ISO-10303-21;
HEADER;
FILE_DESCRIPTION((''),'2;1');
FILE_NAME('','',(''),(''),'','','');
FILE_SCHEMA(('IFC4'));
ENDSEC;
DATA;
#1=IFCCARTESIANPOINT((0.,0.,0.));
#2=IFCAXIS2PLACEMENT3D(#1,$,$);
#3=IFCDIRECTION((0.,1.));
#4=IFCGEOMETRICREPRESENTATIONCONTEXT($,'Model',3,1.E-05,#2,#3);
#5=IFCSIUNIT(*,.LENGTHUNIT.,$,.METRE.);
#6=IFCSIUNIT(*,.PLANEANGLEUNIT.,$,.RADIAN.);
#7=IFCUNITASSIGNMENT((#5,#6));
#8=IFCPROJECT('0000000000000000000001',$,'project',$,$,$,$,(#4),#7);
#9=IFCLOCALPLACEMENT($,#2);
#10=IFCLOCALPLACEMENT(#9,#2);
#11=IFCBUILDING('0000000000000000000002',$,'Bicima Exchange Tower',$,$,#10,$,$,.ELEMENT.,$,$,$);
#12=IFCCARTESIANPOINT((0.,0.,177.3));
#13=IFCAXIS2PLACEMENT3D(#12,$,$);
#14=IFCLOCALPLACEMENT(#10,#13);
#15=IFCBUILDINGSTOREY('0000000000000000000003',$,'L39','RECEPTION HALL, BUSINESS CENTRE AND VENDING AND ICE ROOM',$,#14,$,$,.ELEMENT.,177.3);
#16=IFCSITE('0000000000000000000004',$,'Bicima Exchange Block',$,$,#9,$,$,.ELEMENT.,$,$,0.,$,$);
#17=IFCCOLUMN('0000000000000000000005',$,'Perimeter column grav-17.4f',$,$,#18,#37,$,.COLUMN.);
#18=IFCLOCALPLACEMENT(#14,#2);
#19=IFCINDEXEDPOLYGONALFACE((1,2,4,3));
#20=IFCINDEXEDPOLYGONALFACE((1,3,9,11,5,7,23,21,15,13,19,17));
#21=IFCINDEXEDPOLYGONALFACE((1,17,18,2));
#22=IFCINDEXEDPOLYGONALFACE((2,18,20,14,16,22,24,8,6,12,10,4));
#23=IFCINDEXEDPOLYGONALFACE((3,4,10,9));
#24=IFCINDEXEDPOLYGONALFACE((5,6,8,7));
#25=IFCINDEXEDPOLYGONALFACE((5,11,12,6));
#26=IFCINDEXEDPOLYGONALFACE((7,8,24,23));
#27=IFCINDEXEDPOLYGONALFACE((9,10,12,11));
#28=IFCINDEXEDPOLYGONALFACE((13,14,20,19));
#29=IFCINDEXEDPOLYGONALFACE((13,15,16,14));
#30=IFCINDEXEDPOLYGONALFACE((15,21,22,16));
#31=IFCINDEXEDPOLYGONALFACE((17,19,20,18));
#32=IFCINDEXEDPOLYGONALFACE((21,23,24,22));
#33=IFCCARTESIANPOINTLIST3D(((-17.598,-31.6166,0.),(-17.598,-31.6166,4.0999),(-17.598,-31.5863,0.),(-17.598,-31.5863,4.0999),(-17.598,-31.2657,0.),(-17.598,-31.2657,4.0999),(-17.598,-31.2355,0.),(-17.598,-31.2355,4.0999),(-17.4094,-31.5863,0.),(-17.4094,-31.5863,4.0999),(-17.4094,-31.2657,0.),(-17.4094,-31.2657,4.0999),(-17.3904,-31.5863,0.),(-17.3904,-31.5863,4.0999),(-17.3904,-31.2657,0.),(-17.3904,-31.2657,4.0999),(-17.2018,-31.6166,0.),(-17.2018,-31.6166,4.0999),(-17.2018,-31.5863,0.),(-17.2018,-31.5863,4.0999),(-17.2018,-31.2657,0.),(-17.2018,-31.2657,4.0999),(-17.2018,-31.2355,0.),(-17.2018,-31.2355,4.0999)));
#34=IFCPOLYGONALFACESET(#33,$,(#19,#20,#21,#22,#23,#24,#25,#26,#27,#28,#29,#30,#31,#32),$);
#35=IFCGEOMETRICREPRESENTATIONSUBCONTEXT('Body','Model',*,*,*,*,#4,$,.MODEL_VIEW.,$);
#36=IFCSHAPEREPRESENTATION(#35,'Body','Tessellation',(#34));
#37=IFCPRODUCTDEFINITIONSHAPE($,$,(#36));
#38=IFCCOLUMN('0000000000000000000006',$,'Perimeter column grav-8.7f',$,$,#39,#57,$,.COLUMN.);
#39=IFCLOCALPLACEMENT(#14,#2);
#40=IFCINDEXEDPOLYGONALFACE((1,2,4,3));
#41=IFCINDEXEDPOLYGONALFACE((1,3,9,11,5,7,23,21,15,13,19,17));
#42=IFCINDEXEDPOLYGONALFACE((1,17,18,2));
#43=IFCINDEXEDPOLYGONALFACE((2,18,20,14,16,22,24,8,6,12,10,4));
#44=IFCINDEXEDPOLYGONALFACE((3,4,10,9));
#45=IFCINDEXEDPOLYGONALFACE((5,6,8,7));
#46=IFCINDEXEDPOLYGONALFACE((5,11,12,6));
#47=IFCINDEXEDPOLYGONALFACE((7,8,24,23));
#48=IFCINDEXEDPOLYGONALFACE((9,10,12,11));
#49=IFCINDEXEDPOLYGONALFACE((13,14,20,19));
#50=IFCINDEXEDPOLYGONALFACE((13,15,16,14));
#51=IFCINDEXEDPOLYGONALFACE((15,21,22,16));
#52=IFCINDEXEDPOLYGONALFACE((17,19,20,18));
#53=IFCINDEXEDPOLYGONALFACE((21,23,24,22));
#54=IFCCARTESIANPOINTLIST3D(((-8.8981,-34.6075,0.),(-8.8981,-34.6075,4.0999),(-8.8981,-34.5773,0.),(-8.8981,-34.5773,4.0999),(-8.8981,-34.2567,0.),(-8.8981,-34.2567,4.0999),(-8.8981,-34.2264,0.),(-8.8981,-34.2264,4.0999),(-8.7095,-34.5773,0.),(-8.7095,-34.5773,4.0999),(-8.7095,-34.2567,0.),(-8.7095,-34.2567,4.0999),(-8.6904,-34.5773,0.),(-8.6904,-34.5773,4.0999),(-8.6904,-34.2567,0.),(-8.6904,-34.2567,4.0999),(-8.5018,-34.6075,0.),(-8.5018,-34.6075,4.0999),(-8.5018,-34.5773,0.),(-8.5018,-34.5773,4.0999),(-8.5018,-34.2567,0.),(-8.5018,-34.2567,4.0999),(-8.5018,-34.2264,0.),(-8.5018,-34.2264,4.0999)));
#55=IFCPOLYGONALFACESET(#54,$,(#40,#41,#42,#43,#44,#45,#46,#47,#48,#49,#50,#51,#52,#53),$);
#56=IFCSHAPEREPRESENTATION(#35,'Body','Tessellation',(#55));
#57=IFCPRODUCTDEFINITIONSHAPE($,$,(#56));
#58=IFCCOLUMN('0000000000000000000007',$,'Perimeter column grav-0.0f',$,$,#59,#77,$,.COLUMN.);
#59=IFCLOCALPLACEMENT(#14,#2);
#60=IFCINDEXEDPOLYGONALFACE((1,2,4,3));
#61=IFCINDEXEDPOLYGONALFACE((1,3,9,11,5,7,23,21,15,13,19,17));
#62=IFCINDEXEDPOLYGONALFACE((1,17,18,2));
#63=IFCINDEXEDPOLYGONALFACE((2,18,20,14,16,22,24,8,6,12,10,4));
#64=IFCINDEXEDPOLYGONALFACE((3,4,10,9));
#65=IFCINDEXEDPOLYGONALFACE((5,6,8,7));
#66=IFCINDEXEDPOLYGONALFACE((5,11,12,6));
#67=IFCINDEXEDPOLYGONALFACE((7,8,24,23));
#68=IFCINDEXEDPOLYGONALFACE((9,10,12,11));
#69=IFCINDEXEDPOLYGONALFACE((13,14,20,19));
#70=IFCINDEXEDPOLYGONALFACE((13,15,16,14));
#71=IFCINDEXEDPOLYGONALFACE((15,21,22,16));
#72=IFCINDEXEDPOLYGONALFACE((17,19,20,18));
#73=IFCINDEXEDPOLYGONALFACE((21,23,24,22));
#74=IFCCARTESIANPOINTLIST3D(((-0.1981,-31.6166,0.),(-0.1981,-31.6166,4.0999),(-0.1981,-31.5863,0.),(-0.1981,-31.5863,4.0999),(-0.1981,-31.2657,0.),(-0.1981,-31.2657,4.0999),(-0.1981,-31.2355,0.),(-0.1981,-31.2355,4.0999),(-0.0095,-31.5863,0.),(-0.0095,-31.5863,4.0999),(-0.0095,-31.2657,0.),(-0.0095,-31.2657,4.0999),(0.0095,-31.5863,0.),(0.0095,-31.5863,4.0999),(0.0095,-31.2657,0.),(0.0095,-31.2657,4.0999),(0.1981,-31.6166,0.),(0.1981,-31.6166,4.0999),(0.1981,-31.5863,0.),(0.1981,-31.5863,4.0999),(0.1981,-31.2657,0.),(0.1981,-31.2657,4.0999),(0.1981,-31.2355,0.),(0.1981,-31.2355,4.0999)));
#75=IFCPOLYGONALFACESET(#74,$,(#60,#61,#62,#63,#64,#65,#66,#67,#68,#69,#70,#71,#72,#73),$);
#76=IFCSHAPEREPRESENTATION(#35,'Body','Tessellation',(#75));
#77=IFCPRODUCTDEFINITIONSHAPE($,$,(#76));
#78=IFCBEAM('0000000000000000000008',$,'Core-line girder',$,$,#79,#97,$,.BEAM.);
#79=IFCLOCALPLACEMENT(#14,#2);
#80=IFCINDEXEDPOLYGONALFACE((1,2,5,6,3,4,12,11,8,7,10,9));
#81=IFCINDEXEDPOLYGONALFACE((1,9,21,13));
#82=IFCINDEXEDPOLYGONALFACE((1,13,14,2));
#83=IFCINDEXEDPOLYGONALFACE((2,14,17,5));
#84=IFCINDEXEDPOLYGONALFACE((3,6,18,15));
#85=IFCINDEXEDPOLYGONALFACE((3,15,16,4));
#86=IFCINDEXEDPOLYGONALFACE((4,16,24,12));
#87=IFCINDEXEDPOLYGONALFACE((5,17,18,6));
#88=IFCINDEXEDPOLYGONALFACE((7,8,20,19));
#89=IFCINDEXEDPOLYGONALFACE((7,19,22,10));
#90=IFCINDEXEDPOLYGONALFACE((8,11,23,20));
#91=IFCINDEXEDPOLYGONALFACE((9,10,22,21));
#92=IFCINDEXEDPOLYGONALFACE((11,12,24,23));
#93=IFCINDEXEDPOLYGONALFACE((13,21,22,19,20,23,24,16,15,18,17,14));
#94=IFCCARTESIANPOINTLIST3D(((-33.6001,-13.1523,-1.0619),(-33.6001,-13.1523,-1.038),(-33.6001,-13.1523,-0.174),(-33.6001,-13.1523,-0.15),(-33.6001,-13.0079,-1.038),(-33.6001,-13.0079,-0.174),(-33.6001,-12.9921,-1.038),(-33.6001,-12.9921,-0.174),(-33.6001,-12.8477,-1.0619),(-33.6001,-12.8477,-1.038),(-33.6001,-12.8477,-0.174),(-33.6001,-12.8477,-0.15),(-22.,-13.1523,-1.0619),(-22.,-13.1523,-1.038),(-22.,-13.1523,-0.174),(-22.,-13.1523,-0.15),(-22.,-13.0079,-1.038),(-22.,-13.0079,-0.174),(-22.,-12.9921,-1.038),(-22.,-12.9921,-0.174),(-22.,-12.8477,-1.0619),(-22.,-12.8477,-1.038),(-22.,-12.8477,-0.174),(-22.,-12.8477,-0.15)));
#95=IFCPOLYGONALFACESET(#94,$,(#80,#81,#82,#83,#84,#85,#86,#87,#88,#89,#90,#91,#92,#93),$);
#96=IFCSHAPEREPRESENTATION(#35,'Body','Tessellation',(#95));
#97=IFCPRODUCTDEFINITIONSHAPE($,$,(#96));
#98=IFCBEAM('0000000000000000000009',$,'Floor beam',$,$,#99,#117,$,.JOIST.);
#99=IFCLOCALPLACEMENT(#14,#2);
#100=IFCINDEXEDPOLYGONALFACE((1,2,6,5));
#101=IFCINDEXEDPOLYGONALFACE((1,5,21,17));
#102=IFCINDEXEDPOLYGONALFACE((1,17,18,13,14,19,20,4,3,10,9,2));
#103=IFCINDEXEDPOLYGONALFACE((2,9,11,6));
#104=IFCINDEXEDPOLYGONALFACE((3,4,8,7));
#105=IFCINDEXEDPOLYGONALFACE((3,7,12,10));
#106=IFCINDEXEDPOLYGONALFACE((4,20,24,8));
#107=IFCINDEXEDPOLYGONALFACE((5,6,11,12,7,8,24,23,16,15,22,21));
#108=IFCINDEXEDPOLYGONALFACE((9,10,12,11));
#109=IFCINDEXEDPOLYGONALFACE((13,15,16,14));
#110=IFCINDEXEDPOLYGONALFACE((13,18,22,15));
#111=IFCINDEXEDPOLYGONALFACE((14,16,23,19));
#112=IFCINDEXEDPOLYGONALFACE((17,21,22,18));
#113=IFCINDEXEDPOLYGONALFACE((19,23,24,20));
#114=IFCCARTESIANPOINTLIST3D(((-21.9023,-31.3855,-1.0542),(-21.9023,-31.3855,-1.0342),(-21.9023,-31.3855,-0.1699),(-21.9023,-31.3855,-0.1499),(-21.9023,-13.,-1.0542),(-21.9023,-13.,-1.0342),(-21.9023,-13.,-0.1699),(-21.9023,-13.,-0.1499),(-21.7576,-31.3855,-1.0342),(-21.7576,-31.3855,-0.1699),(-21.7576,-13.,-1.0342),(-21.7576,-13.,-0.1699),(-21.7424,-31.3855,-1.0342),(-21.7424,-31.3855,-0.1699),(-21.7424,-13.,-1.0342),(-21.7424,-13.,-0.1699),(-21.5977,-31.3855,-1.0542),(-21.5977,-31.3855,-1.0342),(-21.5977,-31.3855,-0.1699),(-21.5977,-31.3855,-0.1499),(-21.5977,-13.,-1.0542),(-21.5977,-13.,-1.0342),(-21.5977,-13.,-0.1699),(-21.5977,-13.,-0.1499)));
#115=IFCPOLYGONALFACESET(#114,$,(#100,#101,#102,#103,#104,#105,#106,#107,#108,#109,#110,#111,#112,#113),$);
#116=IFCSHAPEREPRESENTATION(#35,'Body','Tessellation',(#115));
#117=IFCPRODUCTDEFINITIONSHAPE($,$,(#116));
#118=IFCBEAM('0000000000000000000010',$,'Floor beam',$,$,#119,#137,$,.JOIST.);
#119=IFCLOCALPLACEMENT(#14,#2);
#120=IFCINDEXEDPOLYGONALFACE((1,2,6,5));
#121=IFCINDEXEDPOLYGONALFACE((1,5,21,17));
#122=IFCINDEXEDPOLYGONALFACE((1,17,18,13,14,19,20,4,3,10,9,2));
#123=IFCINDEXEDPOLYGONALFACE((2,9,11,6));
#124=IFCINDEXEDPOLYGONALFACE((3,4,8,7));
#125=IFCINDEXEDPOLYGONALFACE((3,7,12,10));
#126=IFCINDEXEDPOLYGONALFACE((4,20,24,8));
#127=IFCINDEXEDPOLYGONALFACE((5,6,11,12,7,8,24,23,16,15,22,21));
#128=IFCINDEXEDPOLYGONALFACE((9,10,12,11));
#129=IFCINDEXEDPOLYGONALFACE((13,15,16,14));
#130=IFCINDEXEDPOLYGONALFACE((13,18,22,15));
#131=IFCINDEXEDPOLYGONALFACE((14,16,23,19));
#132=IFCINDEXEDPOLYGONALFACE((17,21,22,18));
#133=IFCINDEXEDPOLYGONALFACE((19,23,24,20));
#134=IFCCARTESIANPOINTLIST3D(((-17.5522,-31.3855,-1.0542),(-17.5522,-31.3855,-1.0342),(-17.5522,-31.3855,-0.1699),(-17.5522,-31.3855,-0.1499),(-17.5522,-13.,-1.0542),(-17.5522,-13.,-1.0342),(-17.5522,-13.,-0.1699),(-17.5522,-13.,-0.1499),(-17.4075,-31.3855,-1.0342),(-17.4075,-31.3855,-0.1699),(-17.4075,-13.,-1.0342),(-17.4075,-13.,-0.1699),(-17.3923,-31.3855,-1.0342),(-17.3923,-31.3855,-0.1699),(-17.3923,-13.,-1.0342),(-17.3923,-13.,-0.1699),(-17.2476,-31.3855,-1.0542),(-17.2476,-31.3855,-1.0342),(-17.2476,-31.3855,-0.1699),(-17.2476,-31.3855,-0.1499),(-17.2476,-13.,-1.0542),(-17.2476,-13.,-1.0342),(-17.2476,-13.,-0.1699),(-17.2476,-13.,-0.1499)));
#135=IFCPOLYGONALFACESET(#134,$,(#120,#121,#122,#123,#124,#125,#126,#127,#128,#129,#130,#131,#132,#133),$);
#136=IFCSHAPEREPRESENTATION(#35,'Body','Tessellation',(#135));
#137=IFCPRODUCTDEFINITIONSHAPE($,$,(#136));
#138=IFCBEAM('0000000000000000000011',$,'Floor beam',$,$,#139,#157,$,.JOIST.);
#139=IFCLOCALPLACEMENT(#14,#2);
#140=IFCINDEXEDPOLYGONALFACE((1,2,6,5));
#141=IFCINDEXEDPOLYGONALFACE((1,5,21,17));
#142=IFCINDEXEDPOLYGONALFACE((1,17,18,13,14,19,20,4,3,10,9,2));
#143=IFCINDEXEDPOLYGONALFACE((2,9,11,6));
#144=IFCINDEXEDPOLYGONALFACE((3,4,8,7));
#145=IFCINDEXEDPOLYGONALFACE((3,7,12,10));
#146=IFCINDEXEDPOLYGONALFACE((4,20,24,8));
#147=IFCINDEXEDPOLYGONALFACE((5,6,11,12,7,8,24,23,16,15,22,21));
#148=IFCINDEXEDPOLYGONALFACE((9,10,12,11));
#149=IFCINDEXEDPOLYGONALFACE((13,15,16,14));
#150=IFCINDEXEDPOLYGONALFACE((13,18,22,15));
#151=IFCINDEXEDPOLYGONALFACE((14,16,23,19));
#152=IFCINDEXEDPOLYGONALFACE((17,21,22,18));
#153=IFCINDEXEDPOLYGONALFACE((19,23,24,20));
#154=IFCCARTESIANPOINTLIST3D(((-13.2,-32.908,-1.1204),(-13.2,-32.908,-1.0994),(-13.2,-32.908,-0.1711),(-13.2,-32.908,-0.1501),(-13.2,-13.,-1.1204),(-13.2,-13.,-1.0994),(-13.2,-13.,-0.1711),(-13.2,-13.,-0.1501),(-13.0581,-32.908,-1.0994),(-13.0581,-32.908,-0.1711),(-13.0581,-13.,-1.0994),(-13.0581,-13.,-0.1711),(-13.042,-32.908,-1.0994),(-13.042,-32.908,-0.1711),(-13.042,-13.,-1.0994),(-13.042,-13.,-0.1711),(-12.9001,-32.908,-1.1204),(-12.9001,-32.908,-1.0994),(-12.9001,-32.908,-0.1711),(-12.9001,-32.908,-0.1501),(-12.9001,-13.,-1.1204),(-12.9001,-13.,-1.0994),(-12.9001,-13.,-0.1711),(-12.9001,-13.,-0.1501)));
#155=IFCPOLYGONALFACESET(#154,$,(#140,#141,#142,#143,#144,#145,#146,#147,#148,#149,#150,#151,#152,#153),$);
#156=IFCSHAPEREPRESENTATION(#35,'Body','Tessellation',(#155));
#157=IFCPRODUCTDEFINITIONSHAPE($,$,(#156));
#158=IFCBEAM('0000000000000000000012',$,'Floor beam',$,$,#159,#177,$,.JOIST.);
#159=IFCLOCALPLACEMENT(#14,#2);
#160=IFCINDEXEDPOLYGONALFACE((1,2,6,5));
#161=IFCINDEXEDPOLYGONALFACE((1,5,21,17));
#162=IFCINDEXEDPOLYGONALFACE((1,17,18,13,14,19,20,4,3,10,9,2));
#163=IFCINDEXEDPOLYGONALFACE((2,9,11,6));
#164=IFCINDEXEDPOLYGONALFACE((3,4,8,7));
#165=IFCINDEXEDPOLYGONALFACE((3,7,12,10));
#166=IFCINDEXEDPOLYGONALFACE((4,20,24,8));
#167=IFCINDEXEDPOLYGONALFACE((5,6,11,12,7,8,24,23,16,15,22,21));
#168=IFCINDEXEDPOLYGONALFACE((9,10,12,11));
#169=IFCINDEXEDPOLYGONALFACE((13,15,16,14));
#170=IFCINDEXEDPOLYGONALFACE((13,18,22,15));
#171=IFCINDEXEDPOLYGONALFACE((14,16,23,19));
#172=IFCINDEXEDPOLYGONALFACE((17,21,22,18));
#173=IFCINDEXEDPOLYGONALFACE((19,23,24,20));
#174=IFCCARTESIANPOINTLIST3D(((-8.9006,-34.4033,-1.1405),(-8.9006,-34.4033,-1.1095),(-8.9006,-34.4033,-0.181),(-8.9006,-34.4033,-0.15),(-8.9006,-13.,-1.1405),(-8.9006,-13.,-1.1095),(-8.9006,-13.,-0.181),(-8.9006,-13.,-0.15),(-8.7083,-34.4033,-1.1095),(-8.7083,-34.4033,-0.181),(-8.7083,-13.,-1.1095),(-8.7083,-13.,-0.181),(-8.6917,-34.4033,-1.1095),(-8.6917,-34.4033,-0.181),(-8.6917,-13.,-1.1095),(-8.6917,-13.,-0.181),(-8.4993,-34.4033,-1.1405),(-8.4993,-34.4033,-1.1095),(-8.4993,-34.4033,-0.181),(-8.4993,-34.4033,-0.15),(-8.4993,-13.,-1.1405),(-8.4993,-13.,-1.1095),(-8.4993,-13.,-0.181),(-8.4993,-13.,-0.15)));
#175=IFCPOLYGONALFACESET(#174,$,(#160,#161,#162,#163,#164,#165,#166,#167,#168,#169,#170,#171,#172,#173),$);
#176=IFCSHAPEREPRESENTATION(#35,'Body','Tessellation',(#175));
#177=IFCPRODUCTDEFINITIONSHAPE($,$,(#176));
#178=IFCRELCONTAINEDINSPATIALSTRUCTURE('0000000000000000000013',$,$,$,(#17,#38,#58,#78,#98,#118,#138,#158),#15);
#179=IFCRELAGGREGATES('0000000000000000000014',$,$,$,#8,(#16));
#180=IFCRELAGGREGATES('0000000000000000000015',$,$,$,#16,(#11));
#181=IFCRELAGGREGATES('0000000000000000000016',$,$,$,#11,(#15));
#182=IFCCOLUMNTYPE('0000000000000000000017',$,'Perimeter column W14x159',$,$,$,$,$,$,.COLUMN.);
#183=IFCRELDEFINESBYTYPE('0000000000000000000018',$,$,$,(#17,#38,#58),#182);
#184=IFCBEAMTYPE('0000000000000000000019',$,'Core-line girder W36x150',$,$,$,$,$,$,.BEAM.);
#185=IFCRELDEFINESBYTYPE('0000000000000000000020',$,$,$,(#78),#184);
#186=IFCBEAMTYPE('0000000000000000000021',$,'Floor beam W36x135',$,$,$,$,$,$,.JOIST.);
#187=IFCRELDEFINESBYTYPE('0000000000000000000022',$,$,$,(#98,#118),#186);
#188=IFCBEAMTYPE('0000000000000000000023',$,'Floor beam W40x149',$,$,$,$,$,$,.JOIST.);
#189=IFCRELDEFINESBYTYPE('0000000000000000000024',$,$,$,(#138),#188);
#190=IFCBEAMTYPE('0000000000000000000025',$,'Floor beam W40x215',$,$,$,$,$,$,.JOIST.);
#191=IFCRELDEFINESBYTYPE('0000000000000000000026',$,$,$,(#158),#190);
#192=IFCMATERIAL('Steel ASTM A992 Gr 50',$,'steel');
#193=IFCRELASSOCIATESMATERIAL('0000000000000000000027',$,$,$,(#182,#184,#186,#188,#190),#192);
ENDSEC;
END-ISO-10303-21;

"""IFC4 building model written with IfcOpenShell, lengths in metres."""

from ifc_helpers import new_model, si_unit, direction, frame, origin, origin_2d, place, context, subcontext, project, spatial, i_section, extrude, material, material_profile, profile_set, type_object, element, save


model = new_model("IFC4")

# Units and contexts
model_context = context("Model", 3, precision=1e-05, world=origin(), true_north=direction((0.0, 1.0)))
body_context = subcontext(model_context, "Body", "Model", "MODEL_VIEW")
ifc_project = project(units=[si_unit("LENGTHUNIT", "METRE"), si_unit("PLANEANGLEUNIT", "RADIAN")], contexts=[model_context])

# Site, building, storey
site_placement = place(None, origin())
site = spatial("IfcSite", under=ifc_project, at=site_placement, Name="Bicima Exchange Block", CompositionType="ELEMENT", RefElevation=0.0)
building_placement = place(site_placement, origin())
building = spatial("IfcBuilding", under=site, at=building_placement, Name="Bicima Exchange Tower", CompositionType="ELEMENT")
storey_placement = place(building_placement, frame((0.0, 0.0, 177.3)))
storey = spatial("IfcBuildingStorey", under=building, at=storey_placement, Name="L39", Description="RECEPTION HALL, BUSINESS CENTRE AND VENDING AND ICE ROOM", CompositionType="ELEMENT", Elevation=177.3)

# Columns
ifc_material_1 = material(Name="Steel ASTM A992 Gr 50", Category="steel")
ifc_material_profile_1 = material_profile(ifc_material_1, i_section(OverallWidth=0.3962, OverallDepth=0.3811, WebThickness=0.019, FlangeThickness=0.0303, at=origin_2d()))
ifc_profile_set_1 = profile_set([ifc_material_profile_1], Name="Steel ASTM A992 Gr 50")
column_type = type_object("IfcColumnType", Name="Perimeter column W14x159", PredefinedType="COLUMN", material=ifc_profile_set_1)
for number, where, z_axis, x_axis, name in (
    (1, (-17.3999, -31.426, 0.0), (0.0, 0.0, 1.0), (1.0, 0.0, 0.0), "Perimeter column grav-17.4f"),
    (2, (-8.7, -34.417, 0.0), (0.0, 0.0, 1.0), (1.0, 0.0, 0.0), "Perimeter column grav-8.7f"),
    (3, (0.0, -31.426, 0.0), (0.0, 0.0, 1.0), (1.0, 0.0, 0.0), "Perimeter column grav-0.0f"),
):
    element("IfcColumn", number, at=place(storey_placement, frame(where, z_axis=z_axis, x_axis=x_axis)), inside=storey, type_object=column_type, Name=name, PredefinedType="COLUMN", context=body_context, shape_type="SweptSolid", body=[
        extrude(i_section(OverallWidth=0.3962, OverallDepth=0.3811, WebThickness=0.019, FlangeThickness=0.0303, at=origin_2d()), origin(), (0.0, 0.0, 1.0), 4.0999),
    ])

# Beams
ifc_material_profile_2 = material_profile(ifc_material_1, i_section(OverallWidth=0.3047, OverallDepth=0.9119, WebThickness=0.0159, FlangeThickness=0.0239, at=origin_2d()))
ifc_profile_set_2 = profile_set([ifc_material_profile_2], Name="Steel ASTM A992 Gr 50")
beam_type_1 = type_object("IfcBeamType", Name="Core-line girder W36x150", PredefinedType="BEAM", material=ifc_profile_set_2)
beam_1_placement = place(storey_placement, frame((-22.0, -13.0, -0.606), z_axis=(-1.0, 0.0, 0.0), x_axis=(0.0, -1.0, 0.0)))
element("IfcBeam", 4, at=beam_1_placement, inside=storey, type_object=beam_type_1, Name="Core-line girder", PredefinedType="BEAM", context=body_context, shape_type="SweptSolid", body=[
    extrude(i_section(OverallWidth=0.3047, OverallDepth=0.9119, WebThickness=0.0159, FlangeThickness=0.0239, at=origin_2d()), origin(), (0.0, 0.0, 1.0), 11.6001),
])
ifc_material_profile_3 = material_profile(ifc_material_1, i_section(OverallWidth=0.3047, OverallDepth=0.9043, WebThickness=0.0151, FlangeThickness=0.02, at=origin_2d()))
ifc_profile_set_3 = profile_set([ifc_material_profile_3], Name="Steel ASTM A992 Gr 50")
beam_type_2 = type_object("IfcBeamType", Name="Floor beam W36x135", PredefinedType="JOIST", material=ifc_profile_set_3)
for number, where, z_axis, x_axis, name in (
    (5, (-21.75, -13.0, -0.6021), (0.0, -1.0, 0.0), (1.0, 0.0, 0.0), "Floor beam"),
    (6, (-17.3999, -13.0, -0.6021), (0.0, -1.0, 0.0), (1.0, 0.0, 0.0), "Floor beam"),
):
    element("IfcBeam", number, at=place(storey_placement, frame(where, z_axis=z_axis, x_axis=x_axis)), inside=storey, type_object=beam_type_2, Name=name, PredefinedType="JOIST", context=body_context, shape_type="SweptSolid", body=[
        extrude(i_section(OverallWidth=0.3047, OverallDepth=0.9043, WebThickness=0.0151, FlangeThickness=0.02, at=origin_2d()), origin(), (0.0, 0.0, 1.0), 18.3855),
    ])
ifc_material_profile_4 = material_profile(ifc_material_1, i_section(OverallWidth=0.2998, OverallDepth=0.9702, WebThickness=0.0161, FlangeThickness=0.021, at=origin_2d()))
ifc_profile_set_4 = profile_set([ifc_material_profile_4], Name="Steel ASTM A992 Gr 50")
beam_type_3 = type_object("IfcBeamType", Name="Floor beam W40x149", PredefinedType="JOIST", material=ifc_profile_set_4)
beam_2_placement = place(storey_placement, frame((-13.05, -13.0, -0.6353), z_axis=(0.0, -1.0, 0.0), x_axis=(1.0, 0.0, 0.0)))
element("IfcBeam", 7, at=beam_2_placement, inside=storey, type_object=beam_type_3, Name="Floor beam", PredefinedType="JOIST", context=body_context, shape_type="SweptSolid", body=[
    extrude(i_section(OverallWidth=0.2998, OverallDepth=0.9702, WebThickness=0.0161, FlangeThickness=0.021, at=origin_2d()), origin(), (0.0, 0.0, 1.0), 19.908),
])
ifc_material_profile_5 = material_profile(ifc_material_1, i_section(OverallWidth=0.4014, OverallDepth=0.9905, WebThickness=0.0166, FlangeThickness=0.031, at=origin_2d()))
ifc_profile_set_5 = profile_set([ifc_material_profile_5], Name="Steel ASTM A992 Gr 50")
beam_type_4 = type_object("IfcBeamType", Name="Floor beam W40x215", PredefinedType="JOIST", material=ifc_profile_set_5)
beam_3_placement = place(storey_placement, frame((-8.7, -13.0, -0.6453), z_axis=(0.0, -1.0, 0.0), x_axis=(1.0, 0.0, 0.0)))
element("IfcBeam", 8, at=beam_3_placement, inside=storey, type_object=beam_type_4, Name="Floor beam", PredefinedType="JOIST", context=body_context, shape_type="SweptSolid", body=[
    extrude(i_section(OverallWidth=0.4014, OverallDepth=0.9905, WebThickness=0.0166, FlangeThickness=0.031, at=origin_2d()), origin(), (0.0, 0.0, 1.0), 21.4033),
])

save(model, "model.ifc")
